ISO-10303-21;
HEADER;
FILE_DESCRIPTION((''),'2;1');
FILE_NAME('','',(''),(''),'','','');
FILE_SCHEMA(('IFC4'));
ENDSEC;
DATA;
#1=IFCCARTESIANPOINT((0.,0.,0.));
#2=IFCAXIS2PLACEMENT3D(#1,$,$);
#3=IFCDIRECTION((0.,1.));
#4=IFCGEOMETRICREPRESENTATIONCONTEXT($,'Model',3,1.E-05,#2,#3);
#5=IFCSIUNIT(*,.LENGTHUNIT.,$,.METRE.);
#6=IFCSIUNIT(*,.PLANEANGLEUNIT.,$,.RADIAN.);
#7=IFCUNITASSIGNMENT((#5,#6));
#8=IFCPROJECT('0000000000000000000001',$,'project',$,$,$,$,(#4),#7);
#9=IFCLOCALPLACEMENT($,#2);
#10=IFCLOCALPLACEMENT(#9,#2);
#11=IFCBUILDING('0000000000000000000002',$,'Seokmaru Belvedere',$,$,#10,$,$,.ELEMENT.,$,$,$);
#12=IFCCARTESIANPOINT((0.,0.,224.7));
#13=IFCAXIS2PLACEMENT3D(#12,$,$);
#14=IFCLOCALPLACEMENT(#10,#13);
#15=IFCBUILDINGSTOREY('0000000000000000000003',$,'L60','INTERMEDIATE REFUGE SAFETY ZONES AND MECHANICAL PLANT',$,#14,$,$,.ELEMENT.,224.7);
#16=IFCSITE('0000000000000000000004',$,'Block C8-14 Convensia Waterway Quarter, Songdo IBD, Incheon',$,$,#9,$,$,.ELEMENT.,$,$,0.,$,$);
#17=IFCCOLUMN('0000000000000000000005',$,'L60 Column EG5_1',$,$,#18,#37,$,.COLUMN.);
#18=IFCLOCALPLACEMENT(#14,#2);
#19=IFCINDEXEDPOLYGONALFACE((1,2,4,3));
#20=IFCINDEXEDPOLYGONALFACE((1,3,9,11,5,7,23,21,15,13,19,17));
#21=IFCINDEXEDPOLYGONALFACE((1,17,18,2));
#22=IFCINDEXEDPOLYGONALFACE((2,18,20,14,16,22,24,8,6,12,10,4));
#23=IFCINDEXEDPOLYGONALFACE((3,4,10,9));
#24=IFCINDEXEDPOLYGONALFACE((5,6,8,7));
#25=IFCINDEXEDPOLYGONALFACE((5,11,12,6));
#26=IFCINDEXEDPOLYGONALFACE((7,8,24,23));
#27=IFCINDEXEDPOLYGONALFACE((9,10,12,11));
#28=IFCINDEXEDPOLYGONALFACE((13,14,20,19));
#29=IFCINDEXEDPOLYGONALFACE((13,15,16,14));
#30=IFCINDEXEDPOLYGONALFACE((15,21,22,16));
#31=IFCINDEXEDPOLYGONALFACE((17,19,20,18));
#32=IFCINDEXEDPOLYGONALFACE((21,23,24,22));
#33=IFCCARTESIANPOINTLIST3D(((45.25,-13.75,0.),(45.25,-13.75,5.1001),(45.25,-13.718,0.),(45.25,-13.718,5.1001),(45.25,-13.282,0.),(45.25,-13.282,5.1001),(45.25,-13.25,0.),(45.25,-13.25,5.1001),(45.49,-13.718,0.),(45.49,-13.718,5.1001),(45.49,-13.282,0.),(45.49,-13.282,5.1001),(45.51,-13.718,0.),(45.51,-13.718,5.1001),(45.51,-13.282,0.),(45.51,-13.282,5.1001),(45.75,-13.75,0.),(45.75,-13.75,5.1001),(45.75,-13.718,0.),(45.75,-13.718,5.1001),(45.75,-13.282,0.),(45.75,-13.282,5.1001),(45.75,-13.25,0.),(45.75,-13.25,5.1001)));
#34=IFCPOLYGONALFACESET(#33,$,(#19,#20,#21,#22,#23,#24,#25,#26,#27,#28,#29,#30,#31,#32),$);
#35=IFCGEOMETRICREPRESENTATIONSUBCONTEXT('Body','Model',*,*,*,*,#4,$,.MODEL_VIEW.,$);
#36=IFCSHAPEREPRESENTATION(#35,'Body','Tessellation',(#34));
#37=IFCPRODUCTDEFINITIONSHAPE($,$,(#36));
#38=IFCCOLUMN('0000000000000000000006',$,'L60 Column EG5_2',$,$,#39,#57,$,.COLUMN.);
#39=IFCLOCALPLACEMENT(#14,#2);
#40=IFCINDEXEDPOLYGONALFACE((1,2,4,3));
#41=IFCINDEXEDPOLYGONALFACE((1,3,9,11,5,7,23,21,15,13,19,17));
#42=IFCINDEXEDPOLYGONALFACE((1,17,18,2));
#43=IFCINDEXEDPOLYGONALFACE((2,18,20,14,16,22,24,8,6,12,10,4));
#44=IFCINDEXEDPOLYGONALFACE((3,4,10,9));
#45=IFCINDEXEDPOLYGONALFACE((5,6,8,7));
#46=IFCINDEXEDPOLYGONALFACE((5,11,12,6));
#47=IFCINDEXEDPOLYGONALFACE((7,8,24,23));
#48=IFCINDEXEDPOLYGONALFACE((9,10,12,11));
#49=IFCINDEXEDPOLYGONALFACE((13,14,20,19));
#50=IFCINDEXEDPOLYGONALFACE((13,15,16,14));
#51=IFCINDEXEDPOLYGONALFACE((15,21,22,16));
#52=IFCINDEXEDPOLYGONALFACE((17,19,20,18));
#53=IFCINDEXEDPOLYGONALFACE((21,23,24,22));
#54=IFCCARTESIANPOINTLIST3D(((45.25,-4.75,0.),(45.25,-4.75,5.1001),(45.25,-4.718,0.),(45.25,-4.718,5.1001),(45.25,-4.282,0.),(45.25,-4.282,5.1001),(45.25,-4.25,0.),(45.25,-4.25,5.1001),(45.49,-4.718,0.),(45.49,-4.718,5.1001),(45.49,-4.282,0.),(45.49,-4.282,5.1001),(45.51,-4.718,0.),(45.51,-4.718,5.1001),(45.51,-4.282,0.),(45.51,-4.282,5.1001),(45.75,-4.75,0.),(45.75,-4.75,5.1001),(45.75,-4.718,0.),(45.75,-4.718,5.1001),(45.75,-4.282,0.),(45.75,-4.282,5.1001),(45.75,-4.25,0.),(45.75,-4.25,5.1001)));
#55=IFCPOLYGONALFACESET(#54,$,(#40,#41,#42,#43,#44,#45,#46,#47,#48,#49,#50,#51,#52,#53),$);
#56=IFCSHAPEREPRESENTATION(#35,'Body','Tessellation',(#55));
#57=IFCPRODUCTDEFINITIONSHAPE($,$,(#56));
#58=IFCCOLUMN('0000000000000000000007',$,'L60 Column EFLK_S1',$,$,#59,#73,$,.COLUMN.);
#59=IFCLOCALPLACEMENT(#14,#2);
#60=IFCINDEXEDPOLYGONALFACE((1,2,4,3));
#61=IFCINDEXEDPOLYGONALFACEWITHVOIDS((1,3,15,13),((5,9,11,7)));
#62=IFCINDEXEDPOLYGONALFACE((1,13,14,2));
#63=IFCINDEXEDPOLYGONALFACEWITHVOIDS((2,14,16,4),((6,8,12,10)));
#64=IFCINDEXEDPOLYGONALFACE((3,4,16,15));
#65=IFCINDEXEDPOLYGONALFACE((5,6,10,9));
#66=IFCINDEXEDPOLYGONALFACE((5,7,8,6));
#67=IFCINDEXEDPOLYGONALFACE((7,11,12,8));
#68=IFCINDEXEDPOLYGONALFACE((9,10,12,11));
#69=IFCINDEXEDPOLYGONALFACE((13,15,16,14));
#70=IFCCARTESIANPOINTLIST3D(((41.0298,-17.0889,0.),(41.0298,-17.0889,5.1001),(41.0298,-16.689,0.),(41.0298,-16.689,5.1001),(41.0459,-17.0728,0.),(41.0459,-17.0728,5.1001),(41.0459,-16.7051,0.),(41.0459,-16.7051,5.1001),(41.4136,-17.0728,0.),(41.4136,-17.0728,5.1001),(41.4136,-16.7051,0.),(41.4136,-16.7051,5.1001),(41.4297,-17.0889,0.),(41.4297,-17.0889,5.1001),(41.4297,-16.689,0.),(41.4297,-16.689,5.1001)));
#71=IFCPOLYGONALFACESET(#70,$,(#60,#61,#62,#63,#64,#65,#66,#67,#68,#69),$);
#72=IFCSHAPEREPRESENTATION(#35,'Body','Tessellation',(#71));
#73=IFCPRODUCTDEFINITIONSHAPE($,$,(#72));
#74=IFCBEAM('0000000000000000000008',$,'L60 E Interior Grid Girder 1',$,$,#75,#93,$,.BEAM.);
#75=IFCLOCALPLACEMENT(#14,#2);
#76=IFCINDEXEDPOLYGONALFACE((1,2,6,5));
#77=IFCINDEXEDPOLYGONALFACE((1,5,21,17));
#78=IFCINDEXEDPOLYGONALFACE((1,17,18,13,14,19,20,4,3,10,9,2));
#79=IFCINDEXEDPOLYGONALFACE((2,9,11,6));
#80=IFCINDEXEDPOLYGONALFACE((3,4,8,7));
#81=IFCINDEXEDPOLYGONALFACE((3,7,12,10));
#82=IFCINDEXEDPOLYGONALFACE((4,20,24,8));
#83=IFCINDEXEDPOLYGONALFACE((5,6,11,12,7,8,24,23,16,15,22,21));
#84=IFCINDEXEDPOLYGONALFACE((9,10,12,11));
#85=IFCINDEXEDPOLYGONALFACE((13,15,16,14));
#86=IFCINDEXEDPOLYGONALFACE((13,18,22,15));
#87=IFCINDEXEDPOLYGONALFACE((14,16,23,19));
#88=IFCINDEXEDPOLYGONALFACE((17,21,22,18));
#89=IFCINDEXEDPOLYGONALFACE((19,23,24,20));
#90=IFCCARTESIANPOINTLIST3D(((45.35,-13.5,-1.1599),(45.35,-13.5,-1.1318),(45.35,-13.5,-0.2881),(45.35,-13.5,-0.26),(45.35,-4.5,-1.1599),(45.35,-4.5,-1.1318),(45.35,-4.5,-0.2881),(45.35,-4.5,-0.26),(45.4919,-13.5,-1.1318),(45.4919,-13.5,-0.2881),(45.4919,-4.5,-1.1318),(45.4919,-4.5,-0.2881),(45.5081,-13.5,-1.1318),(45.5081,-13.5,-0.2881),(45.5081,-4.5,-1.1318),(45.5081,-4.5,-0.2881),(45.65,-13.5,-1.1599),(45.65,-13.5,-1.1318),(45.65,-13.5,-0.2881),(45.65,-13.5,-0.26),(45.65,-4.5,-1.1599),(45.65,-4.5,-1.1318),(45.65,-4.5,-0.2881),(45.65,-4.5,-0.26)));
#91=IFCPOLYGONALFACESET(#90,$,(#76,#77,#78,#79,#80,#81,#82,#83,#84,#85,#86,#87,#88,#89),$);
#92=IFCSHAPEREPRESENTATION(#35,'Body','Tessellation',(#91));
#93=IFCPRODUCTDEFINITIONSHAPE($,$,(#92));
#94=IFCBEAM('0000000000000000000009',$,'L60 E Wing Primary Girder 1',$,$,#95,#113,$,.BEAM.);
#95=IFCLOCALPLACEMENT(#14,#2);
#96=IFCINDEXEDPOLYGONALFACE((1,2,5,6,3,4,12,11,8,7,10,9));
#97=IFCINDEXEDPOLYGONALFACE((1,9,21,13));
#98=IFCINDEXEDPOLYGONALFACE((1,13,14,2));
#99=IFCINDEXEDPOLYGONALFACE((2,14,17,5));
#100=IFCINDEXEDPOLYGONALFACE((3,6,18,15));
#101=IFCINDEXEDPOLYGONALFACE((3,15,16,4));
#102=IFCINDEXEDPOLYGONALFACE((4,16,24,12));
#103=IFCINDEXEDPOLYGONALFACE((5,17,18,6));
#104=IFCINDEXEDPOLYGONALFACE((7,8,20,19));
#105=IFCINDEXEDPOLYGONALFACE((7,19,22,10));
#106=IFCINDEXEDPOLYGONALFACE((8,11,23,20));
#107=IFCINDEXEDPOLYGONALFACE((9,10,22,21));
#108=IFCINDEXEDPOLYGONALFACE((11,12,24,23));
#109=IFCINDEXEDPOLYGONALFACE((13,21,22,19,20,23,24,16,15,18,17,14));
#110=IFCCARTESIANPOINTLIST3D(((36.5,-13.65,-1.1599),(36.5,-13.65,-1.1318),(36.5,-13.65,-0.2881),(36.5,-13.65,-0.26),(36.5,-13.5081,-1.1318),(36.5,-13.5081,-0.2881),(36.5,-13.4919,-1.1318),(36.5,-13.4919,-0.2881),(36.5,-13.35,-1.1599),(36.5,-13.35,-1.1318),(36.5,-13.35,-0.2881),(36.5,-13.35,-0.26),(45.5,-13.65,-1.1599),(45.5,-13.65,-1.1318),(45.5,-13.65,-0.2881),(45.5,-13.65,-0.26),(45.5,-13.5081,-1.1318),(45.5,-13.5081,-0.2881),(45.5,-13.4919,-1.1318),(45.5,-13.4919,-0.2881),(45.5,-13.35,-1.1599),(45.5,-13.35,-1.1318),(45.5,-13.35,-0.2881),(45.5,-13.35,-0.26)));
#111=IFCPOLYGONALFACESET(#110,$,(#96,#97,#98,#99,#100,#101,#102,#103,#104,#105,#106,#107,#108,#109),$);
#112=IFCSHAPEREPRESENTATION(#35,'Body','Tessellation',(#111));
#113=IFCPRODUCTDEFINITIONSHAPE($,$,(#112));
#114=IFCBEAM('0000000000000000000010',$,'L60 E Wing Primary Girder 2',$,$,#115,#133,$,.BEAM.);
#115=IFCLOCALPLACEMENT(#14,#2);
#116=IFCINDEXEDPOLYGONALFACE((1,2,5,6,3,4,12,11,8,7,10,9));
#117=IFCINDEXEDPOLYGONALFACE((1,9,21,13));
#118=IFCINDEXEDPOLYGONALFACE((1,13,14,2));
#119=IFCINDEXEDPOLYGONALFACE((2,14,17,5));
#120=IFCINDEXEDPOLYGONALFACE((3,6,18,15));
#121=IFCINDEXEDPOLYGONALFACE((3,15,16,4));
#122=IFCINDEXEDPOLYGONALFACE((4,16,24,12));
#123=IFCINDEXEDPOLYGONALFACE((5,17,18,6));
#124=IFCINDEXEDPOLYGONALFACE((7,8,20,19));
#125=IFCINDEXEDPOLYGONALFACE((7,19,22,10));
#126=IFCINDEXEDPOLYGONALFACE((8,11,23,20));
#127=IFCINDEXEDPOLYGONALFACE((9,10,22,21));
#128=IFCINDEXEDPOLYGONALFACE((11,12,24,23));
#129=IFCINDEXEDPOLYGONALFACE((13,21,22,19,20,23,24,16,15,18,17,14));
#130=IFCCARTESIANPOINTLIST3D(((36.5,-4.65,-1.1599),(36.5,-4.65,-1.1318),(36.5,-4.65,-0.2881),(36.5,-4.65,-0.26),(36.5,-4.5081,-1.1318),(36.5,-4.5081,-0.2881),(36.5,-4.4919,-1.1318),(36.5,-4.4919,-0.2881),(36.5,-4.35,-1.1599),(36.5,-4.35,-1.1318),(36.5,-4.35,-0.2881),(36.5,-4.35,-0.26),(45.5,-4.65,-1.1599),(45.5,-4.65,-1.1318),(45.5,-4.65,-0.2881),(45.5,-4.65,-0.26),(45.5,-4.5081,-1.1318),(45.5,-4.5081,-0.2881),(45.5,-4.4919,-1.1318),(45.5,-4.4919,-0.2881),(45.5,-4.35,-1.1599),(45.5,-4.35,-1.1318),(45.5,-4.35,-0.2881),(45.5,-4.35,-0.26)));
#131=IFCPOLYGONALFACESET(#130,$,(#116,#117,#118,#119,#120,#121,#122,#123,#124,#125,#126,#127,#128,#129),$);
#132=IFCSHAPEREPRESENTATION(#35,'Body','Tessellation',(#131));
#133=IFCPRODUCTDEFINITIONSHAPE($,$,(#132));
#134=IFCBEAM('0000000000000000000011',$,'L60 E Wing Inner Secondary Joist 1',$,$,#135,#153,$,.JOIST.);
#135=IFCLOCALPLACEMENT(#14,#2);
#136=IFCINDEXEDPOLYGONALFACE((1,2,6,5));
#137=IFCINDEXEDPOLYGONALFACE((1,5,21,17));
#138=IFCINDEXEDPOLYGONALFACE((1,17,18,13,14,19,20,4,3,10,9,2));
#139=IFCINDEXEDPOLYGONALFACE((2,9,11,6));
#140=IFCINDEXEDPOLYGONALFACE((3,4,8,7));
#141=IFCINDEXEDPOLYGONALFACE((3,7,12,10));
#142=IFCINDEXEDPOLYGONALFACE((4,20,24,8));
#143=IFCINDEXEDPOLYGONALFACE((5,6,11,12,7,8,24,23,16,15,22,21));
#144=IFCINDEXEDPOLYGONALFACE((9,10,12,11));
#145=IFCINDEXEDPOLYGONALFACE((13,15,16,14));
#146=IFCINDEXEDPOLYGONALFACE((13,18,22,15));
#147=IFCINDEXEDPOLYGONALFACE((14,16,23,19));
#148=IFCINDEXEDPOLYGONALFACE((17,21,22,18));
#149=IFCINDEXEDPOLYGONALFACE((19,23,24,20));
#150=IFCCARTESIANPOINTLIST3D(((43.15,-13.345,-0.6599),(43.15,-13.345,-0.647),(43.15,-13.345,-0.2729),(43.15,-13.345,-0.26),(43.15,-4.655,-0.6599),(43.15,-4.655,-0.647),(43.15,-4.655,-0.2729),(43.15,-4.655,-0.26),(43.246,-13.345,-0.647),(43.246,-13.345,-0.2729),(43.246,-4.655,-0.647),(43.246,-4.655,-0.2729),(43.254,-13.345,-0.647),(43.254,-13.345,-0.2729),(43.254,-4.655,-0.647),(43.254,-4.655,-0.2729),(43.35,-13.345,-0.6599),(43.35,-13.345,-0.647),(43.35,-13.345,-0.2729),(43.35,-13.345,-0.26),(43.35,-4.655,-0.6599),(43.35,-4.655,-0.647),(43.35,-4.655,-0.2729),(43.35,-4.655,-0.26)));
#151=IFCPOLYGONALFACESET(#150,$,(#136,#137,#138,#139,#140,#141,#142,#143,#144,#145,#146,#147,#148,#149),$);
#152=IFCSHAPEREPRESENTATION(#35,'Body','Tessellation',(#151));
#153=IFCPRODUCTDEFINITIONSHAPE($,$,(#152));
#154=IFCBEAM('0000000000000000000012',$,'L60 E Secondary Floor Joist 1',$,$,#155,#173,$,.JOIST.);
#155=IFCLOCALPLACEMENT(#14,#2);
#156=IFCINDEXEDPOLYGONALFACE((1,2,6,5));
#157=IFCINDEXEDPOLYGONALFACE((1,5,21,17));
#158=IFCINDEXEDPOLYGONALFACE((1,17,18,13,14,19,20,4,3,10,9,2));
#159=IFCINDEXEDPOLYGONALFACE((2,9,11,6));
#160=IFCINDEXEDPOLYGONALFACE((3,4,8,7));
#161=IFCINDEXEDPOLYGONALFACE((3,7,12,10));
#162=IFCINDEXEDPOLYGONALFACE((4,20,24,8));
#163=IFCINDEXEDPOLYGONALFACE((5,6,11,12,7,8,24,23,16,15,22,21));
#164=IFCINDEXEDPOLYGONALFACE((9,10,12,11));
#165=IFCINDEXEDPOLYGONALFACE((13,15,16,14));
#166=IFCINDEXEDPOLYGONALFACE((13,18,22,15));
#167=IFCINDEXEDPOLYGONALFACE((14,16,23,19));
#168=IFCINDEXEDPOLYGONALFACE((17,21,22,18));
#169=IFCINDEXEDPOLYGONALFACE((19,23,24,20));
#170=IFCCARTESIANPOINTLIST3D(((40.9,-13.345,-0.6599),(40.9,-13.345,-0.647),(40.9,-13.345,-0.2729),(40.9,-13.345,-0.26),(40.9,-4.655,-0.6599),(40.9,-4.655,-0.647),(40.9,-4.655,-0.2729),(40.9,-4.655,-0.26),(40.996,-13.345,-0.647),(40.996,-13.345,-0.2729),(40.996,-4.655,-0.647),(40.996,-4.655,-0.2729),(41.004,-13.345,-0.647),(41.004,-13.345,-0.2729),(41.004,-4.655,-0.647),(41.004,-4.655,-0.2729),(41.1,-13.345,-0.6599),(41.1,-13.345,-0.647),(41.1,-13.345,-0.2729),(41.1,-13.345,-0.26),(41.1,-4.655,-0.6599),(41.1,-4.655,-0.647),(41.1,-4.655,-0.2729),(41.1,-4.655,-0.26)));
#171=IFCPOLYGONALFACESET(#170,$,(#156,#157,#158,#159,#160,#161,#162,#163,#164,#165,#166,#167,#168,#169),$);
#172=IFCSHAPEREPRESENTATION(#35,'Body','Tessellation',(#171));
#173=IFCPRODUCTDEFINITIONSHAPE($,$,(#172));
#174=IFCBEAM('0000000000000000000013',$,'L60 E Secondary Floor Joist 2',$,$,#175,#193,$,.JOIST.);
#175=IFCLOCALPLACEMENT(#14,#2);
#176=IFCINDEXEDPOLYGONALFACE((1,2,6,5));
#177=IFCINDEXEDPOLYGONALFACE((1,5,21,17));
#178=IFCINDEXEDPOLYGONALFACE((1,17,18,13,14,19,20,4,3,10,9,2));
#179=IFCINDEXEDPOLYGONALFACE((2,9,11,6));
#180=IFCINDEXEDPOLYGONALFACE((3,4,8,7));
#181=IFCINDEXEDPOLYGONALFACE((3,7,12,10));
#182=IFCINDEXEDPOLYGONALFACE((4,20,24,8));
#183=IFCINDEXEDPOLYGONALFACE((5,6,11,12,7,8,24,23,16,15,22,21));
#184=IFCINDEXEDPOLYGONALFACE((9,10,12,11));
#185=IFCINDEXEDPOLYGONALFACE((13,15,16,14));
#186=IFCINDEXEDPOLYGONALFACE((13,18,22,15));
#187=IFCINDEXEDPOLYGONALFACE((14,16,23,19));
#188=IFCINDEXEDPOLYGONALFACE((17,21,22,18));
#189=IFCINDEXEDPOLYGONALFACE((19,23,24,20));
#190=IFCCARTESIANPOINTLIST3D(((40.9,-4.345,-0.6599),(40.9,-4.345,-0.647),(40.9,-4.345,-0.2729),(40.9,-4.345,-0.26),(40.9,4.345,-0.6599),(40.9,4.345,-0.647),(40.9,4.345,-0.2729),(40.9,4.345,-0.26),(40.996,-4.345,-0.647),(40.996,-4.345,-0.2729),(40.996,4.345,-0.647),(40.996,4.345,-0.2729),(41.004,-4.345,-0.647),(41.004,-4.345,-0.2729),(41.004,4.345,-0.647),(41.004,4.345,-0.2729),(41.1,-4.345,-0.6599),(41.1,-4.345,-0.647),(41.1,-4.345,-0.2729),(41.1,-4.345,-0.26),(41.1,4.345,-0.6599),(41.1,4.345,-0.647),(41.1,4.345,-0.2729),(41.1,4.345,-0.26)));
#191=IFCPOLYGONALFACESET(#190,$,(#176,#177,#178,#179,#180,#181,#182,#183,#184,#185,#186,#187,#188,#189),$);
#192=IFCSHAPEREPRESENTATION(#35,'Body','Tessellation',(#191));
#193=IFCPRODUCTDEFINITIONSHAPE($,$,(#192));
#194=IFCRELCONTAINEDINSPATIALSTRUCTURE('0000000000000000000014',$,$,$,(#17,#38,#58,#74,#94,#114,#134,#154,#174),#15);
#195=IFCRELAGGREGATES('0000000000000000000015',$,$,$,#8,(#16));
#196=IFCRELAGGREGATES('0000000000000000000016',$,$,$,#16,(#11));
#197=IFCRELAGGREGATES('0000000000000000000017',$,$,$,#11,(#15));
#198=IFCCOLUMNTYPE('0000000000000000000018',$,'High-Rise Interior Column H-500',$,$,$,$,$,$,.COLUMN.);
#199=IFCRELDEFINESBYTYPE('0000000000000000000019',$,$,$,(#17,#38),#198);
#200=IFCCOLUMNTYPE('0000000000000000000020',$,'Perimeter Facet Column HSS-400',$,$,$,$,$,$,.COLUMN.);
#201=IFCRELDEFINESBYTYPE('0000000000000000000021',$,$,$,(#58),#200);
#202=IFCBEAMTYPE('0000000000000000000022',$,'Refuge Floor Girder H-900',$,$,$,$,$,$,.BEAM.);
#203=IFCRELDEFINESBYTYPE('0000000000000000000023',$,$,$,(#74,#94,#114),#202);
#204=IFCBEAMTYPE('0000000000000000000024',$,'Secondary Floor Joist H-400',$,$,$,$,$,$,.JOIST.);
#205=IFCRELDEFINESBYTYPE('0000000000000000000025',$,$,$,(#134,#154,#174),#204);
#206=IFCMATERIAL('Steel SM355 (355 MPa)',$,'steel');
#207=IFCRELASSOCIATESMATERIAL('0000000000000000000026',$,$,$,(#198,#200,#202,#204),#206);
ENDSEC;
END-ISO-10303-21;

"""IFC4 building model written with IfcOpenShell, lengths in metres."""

from ifc_helpers import new_model, si_unit, direction, frame, origin, origin_2d, place, context, subcontext, project, spatial, hollow_rectangle, i_section, extrude, source, transform, mapped, material, material_profile, profile_set, type_object, type_shapes, element, save


model = new_model("IFC4")

# Units and contexts
model_context = context("Model", 3, precision=1e-05, world=origin(), true_north=direction((0.0, 1.0)))
body_context = subcontext(model_context, "Body", "Model", "MODEL_VIEW")
ifc_project = project(units=[si_unit("LENGTHUNIT", "METRE"), si_unit("PLANEANGLEUNIT", "RADIAN")], contexts=[model_context])

# Site, building, storey
site_placement = place(None, origin())
site = spatial("IfcSite", under=ifc_project, at=site_placement, Name="Block C8-14 Convensia Waterway Quarter, Songdo IBD, Incheon", CompositionType="ELEMENT", RefElevation=0.0)
building_placement = place(site_placement, origin())
building = spatial("IfcBuilding", under=site, at=building_placement, Name="Seokmaru Belvedere", CompositionType="ELEMENT")
storey_placement = place(building_placement, frame((0.0, 0.0, 224.7)))
storey = spatial("IfcBuildingStorey", under=building, at=storey_placement, Name="L60", Description="INTERMEDIATE REFUGE SAFETY ZONES AND MECHANICAL PLANT", CompositionType="ELEMENT", Elevation=224.7)

# Columns
ifc_material_1 = material(Name="Steel SM355 (355 MPa)", Category="steel")
ifc_material_profile_1 = material_profile(ifc_material_1, i_section(OverallWidth=0.5, OverallDepth=0.5, WebThickness=0.02, FlangeThickness=0.032, at=origin_2d()), Name="H-500x500x20x32")
ifc_profile_set_1 = profile_set([ifc_material_profile_1], Name="Steel SM355 (355 MPa)")
column_type_1 = type_object("IfcColumnType", Name="High-Rise Interior Column H-500", PredefinedType="COLUMN", material=ifc_profile_set_1)
shared_shape_1 = source(origin(), body_context, "Body", "SweptSolid", [
    extrude(i_section(OverallWidth=0.5, OverallDepth=0.5, WebThickness=0.02, FlangeThickness=0.032, at=origin_2d()), origin(), (0.0, 0.0, 1.0), 5.1001),
])
type_shapes(column_type_1, [shared_shape_1])
for number, where, z_axis, x_axis, name in (
    (1, (45.5, -13.5, 0.0), (0.0, 0.0, 1.0), (1.0, 0.0, 0.0), "L60 Column EG5_1"),
    (2, (45.5, -4.5, 0.0), (0.0, 0.0, 1.0), (1.0, 0.0, 0.0), "L60 Column EG5_2"),
):
    element("IfcColumn", number, at=place(storey_placement, frame(where, z_axis=z_axis, x_axis=x_axis)), inside=storey, type_object=column_type_1, Name=name, PredefinedType="COLUMN", context=body_context, shape_type="MappedRepresentation", body=[
        mapped(shared_shape_1, transform((0.0, 0.0, 0.0), scale=1.0)),
    ])
ifc_material_profile_2 = material_profile(ifc_material_1, hollow_rectangle(XDim=0.3999, YDim=0.3999, WallThickness=0.0161, at=origin_2d()), Name="HSS-400x400x16")
ifc_profile_set_2 = profile_set([ifc_material_profile_2], Name="Steel SM355 (355 MPa)")
column_type_2 = type_object("IfcColumnType", Name="Perimeter Facet Column HSS-400", PredefinedType="COLUMN", material=ifc_profile_set_2)
shared_shape_2 = source(origin(), body_context, "Body", "SweptSolid", [
    extrude(hollow_rectangle(XDim=0.3999, YDim=0.3999, WallThickness=0.0161, at=origin_2d()), origin(), (0.0, 0.0, 1.0), 5.1001),
])
type_shapes(column_type_2, [shared_shape_2])
column_placement = place(storey_placement, frame((41.2297, -16.8889, 0.0), z_axis=(0.0, 0.0, 1.0), x_axis=(1.0, 0.0, 0.0)))
element("IfcColumn", 3, at=column_placement, inside=storey, type_object=column_type_2, Name="L60 Column EFLK_S1", PredefinedType="COLUMN", context=body_context, shape_type="MappedRepresentation", body=[
    mapped(shared_shape_2, transform((0.0, 0.0, 0.0), scale=1.0)),
])

# Beams
ifc_material_profile_3 = material_profile(ifc_material_1, i_section(OverallWidth=0.3, OverallDepth=0.8999, WebThickness=0.0161, FlangeThickness=0.0281, at=origin_2d()), Name="H-900x300x16x28")
ifc_profile_set_3 = profile_set([ifc_material_profile_3], Name="Steel SM355 (355 MPa)")
beam_type_1 = type_object("IfcBeamType", Name="Refuge Floor Girder H-900", PredefinedType="BEAM", material=ifc_profile_set_3)
shared_shape_3 = source(origin(), body_context, "Body", "SweptSolid", [
    extrude(i_section(OverallWidth=0.3, OverallDepth=0.8999, WebThickness=0.0161, FlangeThickness=0.0281, at=origin_2d()), origin(), (0.0, 0.0, 1.0), 9.0),
])
for number, where, z_axis, x_axis, name in (
    (4, (45.5, -13.5, -0.71), (0.0, 1.0, 0.0), (-1.0, 0.0, 0.0), "L60 E Interior Grid Girder 1"),
    (5, (36.5, -13.5, -0.71), (1.0, 0.0, 0.0), (0.0, 1.0, 0.0), "L60 E Wing Primary Girder 1"),
    (6, (36.5, -4.5, -0.71), (1.0, 0.0, 0.0), (0.0, 1.0, 0.0), "L60 E Wing Primary Girder 2"),
):
    element("IfcBeam", number, at=place(storey_placement, frame(where, z_axis=z_axis, x_axis=x_axis)), inside=storey, type_object=beam_type_1, Name=name, PredefinedType="BEAM", context=body_context, shape_type="MappedRepresentation", body=[
        mapped(shared_shape_3, transform((0.0, 0.0, 0.0), scale=1.0)),
    ])
ifc_material_profile_4 = material_profile(ifc_material_1, i_section(OverallWidth=0.2, OverallDepth=0.3999, WebThickness=0.0081, FlangeThickness=0.0129, at=origin_2d()), Name="H-400x200x8x13")
ifc_profile_set_4 = profile_set([ifc_material_profile_4], Name="Steel SM355 (355 MPa)")
beam_type_2 = type_object("IfcBeamType", Name="Secondary Floor Joist H-400", PredefinedType="JOIST", material=ifc_profile_set_4)
shared_shape_4 = source(origin(), body_context, "Body", "SweptSolid", [
    extrude(i_section(OverallWidth=0.2, OverallDepth=0.3999, WebThickness=0.0081, FlangeThickness=0.0129, at=origin_2d()), origin(), (0.0, 0.0, 1.0), 8.6899),
])
type_shapes(beam_type_2, [shared_shape_4])
for number, where, z_axis, x_axis, name in (
    (7, (43.25, -13.345, -0.46), (0.0, 1.0, 0.0), (-1.0, 0.0, 0.0), "L60 E Wing Inner Secondary Joist 1"),
    (8, (41.0, -13.345, -0.46), (0.0, 1.0, 0.0), (-1.0, 0.0, 0.0), "L60 E Secondary Floor Joist 1"),
    (9, (41.0, -4.345, -0.46), (0.0, 1.0, 0.0), (-1.0, 0.0, 0.0), "L60 E Secondary Floor Joist 2"),
):
    element("IfcBeam", number, at=place(storey_placement, frame(where, z_axis=z_axis, x_axis=x_axis)), inside=storey, type_object=beam_type_2, Name=name, PredefinedType="JOIST", context=body_context, shape_type="MappedRepresentation", body=[
        mapped(shared_shape_4, transform((0.0, 0.0, 0.0), scale=1.0)),
    ])

save(model, "model.ifc")
